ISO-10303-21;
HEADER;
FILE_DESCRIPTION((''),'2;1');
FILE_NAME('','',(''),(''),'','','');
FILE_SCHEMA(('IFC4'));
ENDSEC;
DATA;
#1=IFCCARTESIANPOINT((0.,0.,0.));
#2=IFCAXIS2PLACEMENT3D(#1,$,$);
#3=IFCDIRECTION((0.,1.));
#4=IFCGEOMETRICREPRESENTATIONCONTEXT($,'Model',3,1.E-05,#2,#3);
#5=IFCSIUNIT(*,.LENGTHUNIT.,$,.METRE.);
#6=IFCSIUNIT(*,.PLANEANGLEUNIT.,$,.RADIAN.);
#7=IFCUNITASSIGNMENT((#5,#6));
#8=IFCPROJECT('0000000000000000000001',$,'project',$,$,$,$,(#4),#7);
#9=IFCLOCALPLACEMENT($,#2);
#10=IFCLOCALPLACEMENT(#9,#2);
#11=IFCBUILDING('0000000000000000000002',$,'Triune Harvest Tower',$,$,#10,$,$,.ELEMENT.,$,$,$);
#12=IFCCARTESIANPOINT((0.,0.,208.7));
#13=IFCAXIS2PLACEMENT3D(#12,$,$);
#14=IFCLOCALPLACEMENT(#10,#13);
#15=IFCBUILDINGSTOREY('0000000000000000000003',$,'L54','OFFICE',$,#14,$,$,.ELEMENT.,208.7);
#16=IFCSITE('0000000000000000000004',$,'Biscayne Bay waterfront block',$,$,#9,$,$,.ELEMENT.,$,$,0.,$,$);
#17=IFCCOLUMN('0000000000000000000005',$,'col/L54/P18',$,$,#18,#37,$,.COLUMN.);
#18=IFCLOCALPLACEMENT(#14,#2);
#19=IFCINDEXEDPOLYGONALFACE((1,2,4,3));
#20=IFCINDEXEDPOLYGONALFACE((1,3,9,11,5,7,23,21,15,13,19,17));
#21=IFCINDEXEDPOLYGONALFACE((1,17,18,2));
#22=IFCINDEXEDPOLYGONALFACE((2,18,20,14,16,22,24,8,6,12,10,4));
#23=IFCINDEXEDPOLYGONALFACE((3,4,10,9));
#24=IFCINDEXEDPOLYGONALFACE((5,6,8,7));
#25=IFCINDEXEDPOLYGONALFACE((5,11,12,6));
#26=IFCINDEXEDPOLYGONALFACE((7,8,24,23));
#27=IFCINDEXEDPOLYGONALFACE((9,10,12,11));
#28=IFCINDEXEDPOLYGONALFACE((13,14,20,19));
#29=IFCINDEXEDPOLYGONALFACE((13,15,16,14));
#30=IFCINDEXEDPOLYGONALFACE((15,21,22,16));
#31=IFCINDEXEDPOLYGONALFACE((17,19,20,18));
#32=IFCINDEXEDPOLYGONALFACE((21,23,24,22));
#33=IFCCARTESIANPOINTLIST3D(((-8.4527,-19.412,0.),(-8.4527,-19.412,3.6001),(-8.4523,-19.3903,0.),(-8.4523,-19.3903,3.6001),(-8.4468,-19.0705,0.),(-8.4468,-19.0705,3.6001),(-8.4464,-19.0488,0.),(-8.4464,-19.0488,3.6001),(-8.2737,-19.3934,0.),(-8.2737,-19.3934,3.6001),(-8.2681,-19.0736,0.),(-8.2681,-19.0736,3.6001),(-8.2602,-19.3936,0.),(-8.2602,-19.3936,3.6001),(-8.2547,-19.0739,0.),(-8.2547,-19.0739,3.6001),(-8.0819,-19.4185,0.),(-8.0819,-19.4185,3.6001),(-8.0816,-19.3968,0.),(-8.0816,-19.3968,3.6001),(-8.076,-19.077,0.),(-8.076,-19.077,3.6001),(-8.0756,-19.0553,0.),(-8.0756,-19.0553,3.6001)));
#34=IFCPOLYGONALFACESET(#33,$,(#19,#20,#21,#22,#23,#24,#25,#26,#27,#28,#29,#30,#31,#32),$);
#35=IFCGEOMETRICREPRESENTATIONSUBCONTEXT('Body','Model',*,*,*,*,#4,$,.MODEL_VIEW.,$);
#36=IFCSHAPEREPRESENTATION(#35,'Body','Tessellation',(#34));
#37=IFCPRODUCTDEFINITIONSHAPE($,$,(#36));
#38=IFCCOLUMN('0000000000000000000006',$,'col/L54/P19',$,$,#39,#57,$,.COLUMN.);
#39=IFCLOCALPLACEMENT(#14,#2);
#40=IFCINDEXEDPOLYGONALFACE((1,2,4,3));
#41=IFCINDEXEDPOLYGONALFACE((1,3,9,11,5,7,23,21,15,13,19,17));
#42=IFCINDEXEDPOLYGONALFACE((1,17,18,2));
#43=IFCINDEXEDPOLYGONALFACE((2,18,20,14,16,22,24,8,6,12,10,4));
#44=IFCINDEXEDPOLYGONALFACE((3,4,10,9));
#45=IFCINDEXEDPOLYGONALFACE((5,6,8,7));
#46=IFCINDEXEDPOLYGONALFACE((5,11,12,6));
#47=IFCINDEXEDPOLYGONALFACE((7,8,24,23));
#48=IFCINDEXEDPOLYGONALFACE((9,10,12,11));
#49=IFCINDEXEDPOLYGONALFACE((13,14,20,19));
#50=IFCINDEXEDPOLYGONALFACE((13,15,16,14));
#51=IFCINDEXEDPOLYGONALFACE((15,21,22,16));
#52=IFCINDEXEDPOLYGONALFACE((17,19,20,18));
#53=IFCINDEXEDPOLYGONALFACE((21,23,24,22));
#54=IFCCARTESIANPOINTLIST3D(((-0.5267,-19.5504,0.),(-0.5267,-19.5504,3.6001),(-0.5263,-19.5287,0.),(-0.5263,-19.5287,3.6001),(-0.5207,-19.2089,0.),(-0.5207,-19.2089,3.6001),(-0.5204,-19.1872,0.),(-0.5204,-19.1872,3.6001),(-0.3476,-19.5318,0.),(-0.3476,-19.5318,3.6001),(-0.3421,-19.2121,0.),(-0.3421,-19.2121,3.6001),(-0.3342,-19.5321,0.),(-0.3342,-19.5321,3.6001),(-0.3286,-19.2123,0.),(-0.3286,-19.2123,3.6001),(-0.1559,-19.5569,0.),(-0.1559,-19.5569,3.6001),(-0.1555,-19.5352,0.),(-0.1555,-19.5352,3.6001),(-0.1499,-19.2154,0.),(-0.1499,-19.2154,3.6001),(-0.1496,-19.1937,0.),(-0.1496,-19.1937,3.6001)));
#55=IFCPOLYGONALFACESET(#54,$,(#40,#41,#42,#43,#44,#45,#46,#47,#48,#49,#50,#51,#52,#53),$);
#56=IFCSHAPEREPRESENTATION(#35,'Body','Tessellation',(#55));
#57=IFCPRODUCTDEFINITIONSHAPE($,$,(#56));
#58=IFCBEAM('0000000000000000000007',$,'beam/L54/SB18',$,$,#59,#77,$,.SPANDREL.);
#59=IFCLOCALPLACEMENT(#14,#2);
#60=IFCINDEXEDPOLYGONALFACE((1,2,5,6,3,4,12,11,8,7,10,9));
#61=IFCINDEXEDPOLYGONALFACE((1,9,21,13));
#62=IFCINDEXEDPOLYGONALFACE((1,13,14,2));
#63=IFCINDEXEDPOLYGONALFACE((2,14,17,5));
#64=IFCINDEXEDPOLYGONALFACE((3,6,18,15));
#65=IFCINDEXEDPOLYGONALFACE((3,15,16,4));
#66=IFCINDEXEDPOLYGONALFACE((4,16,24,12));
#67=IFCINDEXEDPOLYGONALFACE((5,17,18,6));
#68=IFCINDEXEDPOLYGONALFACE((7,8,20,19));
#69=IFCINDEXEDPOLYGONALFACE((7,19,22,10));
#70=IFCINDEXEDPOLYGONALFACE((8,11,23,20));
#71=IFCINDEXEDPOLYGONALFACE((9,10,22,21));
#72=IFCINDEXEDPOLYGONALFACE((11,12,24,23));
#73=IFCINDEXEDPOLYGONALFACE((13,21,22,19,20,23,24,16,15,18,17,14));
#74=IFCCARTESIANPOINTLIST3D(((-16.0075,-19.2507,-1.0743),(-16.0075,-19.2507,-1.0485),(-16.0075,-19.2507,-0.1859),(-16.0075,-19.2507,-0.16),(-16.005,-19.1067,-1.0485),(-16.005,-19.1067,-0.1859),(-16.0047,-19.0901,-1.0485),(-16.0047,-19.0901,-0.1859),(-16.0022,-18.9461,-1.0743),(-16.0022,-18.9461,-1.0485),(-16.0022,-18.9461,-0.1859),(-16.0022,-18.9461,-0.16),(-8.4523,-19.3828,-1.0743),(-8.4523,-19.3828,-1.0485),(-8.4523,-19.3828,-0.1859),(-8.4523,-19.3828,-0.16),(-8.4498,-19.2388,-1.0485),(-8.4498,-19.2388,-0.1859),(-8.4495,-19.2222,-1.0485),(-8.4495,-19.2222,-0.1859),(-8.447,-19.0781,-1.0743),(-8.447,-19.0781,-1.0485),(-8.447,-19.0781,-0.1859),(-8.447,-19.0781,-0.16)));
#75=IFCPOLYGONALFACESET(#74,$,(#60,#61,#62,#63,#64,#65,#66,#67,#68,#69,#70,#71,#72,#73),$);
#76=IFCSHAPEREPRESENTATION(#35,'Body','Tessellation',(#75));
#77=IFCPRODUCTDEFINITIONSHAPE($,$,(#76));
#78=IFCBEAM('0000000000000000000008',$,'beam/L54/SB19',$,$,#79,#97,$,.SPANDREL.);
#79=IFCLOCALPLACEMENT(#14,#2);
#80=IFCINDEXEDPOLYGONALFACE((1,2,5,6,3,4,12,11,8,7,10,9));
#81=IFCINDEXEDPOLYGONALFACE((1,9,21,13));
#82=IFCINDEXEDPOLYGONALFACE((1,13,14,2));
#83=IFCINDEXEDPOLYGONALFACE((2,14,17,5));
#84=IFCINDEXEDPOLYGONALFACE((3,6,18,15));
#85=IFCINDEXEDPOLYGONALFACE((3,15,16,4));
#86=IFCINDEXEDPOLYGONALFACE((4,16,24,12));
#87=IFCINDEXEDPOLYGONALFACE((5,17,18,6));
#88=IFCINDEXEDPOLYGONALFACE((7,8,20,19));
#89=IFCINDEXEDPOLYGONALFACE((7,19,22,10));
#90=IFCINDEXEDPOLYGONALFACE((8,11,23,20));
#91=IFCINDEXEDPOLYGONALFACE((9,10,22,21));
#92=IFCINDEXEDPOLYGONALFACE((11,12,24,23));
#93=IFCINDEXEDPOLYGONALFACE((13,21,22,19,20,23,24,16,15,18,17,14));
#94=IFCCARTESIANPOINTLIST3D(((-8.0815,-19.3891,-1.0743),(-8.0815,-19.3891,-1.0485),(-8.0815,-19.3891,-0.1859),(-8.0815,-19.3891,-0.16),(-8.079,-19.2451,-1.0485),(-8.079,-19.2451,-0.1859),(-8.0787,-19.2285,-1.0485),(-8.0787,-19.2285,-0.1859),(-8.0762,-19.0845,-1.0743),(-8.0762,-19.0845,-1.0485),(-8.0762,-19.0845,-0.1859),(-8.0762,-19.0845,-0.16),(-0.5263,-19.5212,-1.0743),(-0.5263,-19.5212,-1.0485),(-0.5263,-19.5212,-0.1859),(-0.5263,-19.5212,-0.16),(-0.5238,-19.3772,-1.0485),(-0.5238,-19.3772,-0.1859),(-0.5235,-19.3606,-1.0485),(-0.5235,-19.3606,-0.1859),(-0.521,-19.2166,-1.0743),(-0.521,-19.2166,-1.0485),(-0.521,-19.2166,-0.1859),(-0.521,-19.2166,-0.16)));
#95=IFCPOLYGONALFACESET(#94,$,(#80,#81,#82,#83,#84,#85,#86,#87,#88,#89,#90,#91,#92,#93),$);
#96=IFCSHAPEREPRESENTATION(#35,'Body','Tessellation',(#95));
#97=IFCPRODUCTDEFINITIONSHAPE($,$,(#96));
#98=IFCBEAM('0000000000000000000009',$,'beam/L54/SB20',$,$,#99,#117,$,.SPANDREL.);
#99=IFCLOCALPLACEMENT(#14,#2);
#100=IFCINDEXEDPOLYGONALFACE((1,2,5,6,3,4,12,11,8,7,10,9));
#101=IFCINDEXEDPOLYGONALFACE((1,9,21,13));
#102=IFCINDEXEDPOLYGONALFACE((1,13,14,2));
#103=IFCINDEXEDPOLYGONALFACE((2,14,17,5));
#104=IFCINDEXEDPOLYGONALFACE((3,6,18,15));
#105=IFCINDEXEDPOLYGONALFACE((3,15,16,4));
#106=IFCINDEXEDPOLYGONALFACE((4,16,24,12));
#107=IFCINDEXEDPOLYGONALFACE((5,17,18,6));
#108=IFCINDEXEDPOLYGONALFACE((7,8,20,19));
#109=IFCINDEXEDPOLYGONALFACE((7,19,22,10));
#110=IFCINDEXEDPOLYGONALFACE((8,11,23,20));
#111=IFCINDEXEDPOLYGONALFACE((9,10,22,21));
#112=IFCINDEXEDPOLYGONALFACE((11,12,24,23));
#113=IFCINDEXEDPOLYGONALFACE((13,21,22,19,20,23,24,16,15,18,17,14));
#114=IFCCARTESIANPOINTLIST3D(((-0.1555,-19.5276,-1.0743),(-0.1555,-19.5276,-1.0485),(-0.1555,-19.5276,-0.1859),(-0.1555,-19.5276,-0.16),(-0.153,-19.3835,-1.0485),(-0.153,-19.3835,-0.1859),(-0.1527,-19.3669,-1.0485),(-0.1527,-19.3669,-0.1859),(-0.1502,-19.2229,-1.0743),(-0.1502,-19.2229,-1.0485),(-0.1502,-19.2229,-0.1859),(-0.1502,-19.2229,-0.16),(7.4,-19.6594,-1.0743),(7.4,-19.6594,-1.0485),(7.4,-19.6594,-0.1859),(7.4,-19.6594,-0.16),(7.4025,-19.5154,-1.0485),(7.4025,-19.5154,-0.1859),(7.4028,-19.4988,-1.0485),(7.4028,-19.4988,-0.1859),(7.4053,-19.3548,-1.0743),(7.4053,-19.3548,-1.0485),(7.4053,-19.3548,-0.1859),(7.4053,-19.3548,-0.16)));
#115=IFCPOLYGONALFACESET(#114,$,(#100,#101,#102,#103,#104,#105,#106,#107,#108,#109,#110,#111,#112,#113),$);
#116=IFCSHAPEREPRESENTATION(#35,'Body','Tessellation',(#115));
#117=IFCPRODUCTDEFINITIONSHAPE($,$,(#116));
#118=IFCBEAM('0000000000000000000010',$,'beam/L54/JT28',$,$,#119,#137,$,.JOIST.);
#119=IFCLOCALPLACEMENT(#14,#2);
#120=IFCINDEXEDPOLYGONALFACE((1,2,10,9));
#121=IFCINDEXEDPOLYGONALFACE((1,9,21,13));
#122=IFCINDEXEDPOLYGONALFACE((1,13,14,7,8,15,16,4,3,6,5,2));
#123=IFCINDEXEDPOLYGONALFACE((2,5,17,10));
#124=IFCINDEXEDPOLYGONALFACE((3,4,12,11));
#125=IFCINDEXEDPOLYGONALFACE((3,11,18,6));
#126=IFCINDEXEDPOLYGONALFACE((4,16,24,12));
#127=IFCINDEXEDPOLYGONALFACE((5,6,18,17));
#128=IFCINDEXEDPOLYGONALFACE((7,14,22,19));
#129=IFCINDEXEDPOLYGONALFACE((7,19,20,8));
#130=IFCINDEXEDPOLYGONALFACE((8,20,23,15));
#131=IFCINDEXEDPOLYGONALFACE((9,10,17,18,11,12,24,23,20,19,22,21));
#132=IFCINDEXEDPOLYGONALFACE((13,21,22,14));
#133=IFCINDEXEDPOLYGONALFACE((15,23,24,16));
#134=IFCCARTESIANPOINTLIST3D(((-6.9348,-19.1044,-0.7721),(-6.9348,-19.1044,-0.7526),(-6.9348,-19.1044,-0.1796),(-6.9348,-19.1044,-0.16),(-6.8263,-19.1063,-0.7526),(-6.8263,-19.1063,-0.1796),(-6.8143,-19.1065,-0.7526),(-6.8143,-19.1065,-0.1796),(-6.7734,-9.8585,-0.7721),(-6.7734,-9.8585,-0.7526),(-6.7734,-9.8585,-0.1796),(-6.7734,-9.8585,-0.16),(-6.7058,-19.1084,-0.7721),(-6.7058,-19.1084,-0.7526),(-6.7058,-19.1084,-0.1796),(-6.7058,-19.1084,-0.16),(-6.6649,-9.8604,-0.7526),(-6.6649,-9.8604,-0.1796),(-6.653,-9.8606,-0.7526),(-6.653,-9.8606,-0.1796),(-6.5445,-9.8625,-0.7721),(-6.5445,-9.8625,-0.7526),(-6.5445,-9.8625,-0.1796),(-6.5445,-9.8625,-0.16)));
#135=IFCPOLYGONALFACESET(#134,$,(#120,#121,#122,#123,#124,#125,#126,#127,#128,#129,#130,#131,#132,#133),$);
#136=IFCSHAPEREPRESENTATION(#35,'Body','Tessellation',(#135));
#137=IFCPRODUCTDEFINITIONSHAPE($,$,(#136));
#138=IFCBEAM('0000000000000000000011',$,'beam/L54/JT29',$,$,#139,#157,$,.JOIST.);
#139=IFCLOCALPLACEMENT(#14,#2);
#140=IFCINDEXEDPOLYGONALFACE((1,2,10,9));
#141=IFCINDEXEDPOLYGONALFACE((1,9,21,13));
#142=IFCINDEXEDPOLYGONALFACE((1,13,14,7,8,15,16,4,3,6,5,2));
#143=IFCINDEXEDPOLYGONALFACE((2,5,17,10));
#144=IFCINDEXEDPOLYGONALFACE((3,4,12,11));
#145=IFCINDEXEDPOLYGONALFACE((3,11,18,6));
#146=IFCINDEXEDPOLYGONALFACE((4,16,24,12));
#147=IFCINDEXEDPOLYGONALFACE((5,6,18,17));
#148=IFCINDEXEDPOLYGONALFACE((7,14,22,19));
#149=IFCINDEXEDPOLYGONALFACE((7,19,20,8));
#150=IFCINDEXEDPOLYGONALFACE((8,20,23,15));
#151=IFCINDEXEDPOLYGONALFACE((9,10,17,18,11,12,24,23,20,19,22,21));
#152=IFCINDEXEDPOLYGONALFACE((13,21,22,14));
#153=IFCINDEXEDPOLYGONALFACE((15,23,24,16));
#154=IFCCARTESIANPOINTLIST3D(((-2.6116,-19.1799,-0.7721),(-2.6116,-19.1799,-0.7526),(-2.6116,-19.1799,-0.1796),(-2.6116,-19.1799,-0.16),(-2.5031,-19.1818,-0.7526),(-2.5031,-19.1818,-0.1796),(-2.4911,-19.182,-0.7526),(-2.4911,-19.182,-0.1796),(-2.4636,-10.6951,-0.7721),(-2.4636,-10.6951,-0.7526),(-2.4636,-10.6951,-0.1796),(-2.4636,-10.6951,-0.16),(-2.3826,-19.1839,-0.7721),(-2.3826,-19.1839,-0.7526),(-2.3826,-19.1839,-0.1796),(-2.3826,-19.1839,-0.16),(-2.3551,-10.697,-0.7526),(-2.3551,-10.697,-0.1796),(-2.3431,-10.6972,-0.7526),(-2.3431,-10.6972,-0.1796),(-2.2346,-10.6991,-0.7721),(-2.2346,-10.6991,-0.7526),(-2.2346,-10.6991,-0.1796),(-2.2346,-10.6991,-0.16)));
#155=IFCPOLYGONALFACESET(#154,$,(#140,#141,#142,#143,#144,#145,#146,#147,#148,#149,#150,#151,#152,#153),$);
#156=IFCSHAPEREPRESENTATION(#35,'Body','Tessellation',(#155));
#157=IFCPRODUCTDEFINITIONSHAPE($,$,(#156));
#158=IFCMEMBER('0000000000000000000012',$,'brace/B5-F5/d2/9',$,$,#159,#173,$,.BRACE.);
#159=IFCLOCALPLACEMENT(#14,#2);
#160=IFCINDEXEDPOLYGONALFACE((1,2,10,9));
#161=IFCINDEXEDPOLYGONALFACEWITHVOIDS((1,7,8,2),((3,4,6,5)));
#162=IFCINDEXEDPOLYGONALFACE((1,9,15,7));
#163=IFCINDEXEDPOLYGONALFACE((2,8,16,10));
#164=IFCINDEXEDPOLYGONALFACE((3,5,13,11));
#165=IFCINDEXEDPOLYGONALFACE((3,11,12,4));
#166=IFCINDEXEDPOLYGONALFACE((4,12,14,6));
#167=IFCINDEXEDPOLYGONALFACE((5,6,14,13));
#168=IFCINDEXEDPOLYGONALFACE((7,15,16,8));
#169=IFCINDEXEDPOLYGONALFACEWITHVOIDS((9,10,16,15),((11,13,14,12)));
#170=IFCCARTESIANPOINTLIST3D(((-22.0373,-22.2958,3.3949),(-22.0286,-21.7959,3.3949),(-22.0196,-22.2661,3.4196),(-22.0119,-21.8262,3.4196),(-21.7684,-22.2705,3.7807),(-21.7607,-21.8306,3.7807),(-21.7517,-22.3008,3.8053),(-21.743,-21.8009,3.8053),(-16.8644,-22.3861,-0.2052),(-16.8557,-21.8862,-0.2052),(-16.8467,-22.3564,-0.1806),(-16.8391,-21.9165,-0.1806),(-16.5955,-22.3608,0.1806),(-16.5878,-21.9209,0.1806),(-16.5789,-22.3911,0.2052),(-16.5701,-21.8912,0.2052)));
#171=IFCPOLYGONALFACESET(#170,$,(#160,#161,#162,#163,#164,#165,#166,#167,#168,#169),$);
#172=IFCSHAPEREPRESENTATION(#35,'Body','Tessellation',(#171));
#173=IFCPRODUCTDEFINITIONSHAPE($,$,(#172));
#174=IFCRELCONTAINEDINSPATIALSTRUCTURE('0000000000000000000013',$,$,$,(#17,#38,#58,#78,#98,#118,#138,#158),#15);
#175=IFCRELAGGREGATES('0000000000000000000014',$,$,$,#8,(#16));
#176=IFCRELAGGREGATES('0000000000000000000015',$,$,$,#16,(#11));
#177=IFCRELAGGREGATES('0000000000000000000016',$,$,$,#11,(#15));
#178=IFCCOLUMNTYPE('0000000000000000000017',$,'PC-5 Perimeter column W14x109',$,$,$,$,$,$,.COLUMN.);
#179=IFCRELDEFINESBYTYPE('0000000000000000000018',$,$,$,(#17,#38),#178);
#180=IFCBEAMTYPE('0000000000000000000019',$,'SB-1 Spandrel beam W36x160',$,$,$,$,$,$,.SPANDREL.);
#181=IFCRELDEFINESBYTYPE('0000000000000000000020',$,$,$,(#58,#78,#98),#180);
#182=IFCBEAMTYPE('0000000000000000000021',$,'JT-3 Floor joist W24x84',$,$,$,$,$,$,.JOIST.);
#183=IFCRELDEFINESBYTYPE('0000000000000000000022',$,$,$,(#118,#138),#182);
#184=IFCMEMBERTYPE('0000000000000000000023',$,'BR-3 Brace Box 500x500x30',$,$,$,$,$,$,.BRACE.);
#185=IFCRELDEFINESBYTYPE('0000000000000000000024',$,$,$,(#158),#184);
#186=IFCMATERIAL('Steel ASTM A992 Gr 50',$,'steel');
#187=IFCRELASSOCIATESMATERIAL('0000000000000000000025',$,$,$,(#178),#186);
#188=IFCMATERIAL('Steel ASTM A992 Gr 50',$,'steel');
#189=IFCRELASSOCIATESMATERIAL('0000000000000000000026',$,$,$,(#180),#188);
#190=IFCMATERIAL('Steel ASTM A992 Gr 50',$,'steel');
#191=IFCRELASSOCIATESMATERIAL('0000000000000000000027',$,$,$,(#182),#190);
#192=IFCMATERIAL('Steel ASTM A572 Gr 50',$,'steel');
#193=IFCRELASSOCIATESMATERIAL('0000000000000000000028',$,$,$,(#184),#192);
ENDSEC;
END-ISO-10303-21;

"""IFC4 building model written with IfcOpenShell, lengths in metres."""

from ifc_helpers import new_model, si_unit, direction, frame, origin, origin_2d, place, context, subcontext, project, spatial, hollow_rectangle, i_section, extrude, source, transform, mapped, material, material_profile, profile_set, type_object, element, save


model = new_model("IFC4")

# Units and contexts
model_context = context("Model", 3, precision=1e-05, world=origin(), true_north=direction((0.0, 1.0)))
body_context = subcontext(model_context, "Body", "Model", "MODEL_VIEW")
ifc_project = project(units=[si_unit("LENGTHUNIT", "METRE"), si_unit("PLANEANGLEUNIT", "RADIAN")], contexts=[model_context])

# Site, building, storey
site_placement = place(None, origin())
site = spatial("IfcSite", under=ifc_project, at=site_placement, Name="Biscayne Bay waterfront block", CompositionType="ELEMENT", RefElevation=0.0)
building_placement = place(site_placement, origin())
building = spatial("IfcBuilding", under=site, at=building_placement, Name="Triune Harvest Tower", CompositionType="ELEMENT")
storey_placement = place(building_placement, frame((0.0, 0.0, 208.7)))
storey = spatial("IfcBuildingStorey", under=building, at=storey_placement, Name="L54", Description="OFFICE", CompositionType="ELEMENT", Elevation=208.7)

# Columns
ifc_material_1 = material(Name="Steel ASTM A992 Gr 50", Category="steel")
ifc_material_profile_1 = material_profile(ifc_material_1, i_section(OverallWidth=0.3708, OverallDepth=0.3633, WebThickness=0.0134, FlangeThickness=0.0217, at=origin_2d()), Name="W14x109")
ifc_profile_set_1 = profile_set([ifc_material_profile_1], Name="Steel ASTM A992 Gr 50")
column_type = type_object("IfcColumnType", Name="PC-5 Perimeter column W14x109", PredefinedType="COLUMN", material=ifc_profile_set_1)
shared_shape_1 = source(origin(), body_context, "Body", "SweptSolid", [
    extrude(i_section(OverallWidth=0.3708, OverallDepth=0.3633, WebThickness=0.0134, FlangeThickness=0.0217, at=origin_2d()), origin(), (0.0, 0.0, 1.0), 3.6001),
])
for number, where, z_axis, x_axis, name in (
    (1, (-8.2642, -19.2336, 0.0), (0.0, 0.0, 1.0), (0.999848, -0.017452, 0.0), "col/L54/P18"),
    (2, (-0.3381, -19.3721, 0.0), (0.0, 0.0, 1.0), (0.999848, -0.017452, 0.0), "col/L54/P19"),
):
    element("IfcColumn", number, at=place(storey_placement, frame(where, z_axis=z_axis, x_axis=x_axis)), inside=storey, type_object=column_type, Name=name, PredefinedType="COLUMN", context=body_context, shape_type="MappedRepresentation", body=[
        mapped(shared_shape_1, transform((0.0, 0.0, 0.0), scale=1.0)),
    ])

# Beams
ifc_material_2 = material(Name="Steel ASTM A992 Gr 50", Category="steel")
ifc_material_profile_2 = material_profile(ifc_material_2, i_section(OverallWidth=0.3047, OverallDepth=0.9143, WebThickness=0.0166, FlangeThickness=0.0259, at=origin_2d()), Name="W36x160")
ifc_profile_set_2 = profile_set([ifc_material_profile_2], Name="Steel ASTM A992 Gr 50")
beam_type_1 = type_object("IfcBeamType", Name="SB-1 Spandrel beam W36x160", PredefinedType="SPANDREL", material=ifc_profile_set_2)
shared_shape_2 = source(origin(), body_context, "Body", "SweptSolid", [
    extrude(i_section(OverallWidth=0.3047, OverallDepth=0.9143, WebThickness=0.0166, FlangeThickness=0.0259, at=origin_2d()), origin(), (0.0, 0.0, 1.0), 7.5564),
])
for number, where, z_axis, x_axis, name in (
    (3, (-16.0049, -19.0984, -0.6172), (0.999847, -0.017479, 0.0), (0.017479, 0.999847, 0.0), "beam/L54/SB18"),
    (4, (-8.0789, -19.2368, -0.6172), (0.999847, -0.017479, 0.0), (0.017479, 0.999847, 0.0), "beam/L54/SB19"),
):
    element("IfcBeam", number, at=place(storey_placement, frame(where, z_axis=z_axis, x_axis=x_axis)), inside=storey, type_object=beam_type_1, Name=name, PredefinedType="SPANDREL", context=body_context, shape_type="MappedRepresentation", body=[
        mapped(shared_shape_2, transform((0.0, 0.0, 0.0), scale=1.0)),
    ])
shared_shape_3 = source(origin(), body_context, "Body", "SweptSolid", [
    extrude(i_section(OverallWidth=0.3047, OverallDepth=0.9143, WebThickness=0.0166, FlangeThickness=0.0259, at=origin_2d()), origin(), (0.0, 0.0, 1.0), 7.5566),
])
beam_1_placement = place(storey_placement, frame((-0.1528, -19.3752, -0.6172), z_axis=(0.999848, -0.017447, 0.0), x_axis=(0.017447, 0.999848, 0.0)))
element("IfcBeam", 5, at=beam_1_placement, inside=storey, type_object=beam_type_1, Name="beam/L54/SB20", PredefinedType="SPANDREL", context=body_context, shape_type="MappedRepresentation", body=[
    mapped(shared_shape_3, transform((0.0, 0.0, 0.0), scale=1.0)),
])
ifc_material_3 = material(Name="Steel ASTM A992 Gr 50", Category="steel")
ifc_material_profile_3 = material_profile(ifc_material_3, i_section(OverallWidth=0.229, OverallDepth=0.6121, WebThickness=0.012, FlangeThickness=0.0195, at=origin_2d()), Name="W24x84")
ifc_profile_set_3 = profile_set([ifc_material_profile_3], Name="Steel ASTM A992 Gr 50")
beam_type_2 = type_object("IfcBeamType", Name="JT-3 Floor joist W24x84", PredefinedType="JOIST", material=ifc_profile_set_3)
shared_shape_4 = source(origin(), body_context, "Body", "SweptSolid", [
    extrude(i_section(OverallWidth=0.229, OverallDepth=0.6121, WebThickness=0.012, FlangeThickness=0.0195, at=origin_2d()), origin(), (0.0, 0.0, 1.0), 9.2473),
])
beam_2_placement = place(storey_placement, frame((-6.8203, -19.1064, -0.4661), z_axis=(0.017451, 0.999848, 0.0), x_axis=(-0.999848, 0.017451, 0.0)))
element("IfcBeam", 6, at=beam_2_placement, inside=storey, type_object=beam_type_2, Name="beam/L54/JT28", PredefinedType="JOIST", context=body_context, shape_type="MappedRepresentation", body=[
    mapped(shared_shape_4, transform((0.0, 0.0, 0.0), scale=1.0)),
])
shared_shape_5 = source(origin(), body_context, "Body", "SweptSolid", [
    extrude(i_section(OverallWidth=0.229, OverallDepth=0.6121, WebThickness=0.012, FlangeThickness=0.0195, at=origin_2d()), origin(), (0.0, 0.0, 1.0), 8.4861),
])
beam_3_placement = place(storey_placement, frame((-2.4971, -19.1819, -0.4661), z_axis=(0.017434, 0.999848, 0.0), x_axis=(-0.999848, 0.017434, 0.0)))
element("IfcBeam", 7, at=beam_3_placement, inside=storey, type_object=beam_type_2, Name="beam/L54/JT29", PredefinedType="JOIST", context=body_context, shape_type="MappedRepresentation", body=[
    mapped(shared_shape_5, transform((0.0, 0.0, 0.0), scale=1.0)),
])

# Member
ifc_material_4 = material(Name="Steel ASTM A572 Gr 50", Category="steel")
ifc_material_profile_4 = material_profile(ifc_material_4, hollow_rectangle(XDim=0.5, YDim=0.5, WallThickness=0.03, at=origin_2d()), Name="Box 500x500x30")
ifc_profile_set_4 = profile_set([ifc_material_profile_4], Name="Steel ASTM A572 Gr 50")
member_type_1 = type_object("IfcMemberType", Name="BR-3 Brace Box 500x500x30", PredefinedType="BRACE", material=ifc_profile_set_4)
shared_shape_6 = source(origin(), body_context, "Body", "SweptSolid", [
    extrude(hollow_rectangle(XDim=0.5, YDim=0.5, WallThickness=0.03, at=origin_2d()), origin(), (0.0, 0.0, 1.0), 6.303),
])
member_1_placement = place(storey_placement, frame((-16.7173, -22.1387, 0.0), z_axis=(-0.820702, 0.014332, 0.571176), x_axis=(-0.01746, -0.999848, 0.0)))
element("IfcMember", 8, at=member_1_placement, inside=storey, type_object=member_type_1, Name="brace/B5-F5/d2/9", PredefinedType="BRACE", context=body_context, shape_type="MappedRepresentation", body=[
    mapped(shared_shape_6, transform((0.0, 0.0, 0.0), scale=1.0)),
])

save(model, "model.ifc")
